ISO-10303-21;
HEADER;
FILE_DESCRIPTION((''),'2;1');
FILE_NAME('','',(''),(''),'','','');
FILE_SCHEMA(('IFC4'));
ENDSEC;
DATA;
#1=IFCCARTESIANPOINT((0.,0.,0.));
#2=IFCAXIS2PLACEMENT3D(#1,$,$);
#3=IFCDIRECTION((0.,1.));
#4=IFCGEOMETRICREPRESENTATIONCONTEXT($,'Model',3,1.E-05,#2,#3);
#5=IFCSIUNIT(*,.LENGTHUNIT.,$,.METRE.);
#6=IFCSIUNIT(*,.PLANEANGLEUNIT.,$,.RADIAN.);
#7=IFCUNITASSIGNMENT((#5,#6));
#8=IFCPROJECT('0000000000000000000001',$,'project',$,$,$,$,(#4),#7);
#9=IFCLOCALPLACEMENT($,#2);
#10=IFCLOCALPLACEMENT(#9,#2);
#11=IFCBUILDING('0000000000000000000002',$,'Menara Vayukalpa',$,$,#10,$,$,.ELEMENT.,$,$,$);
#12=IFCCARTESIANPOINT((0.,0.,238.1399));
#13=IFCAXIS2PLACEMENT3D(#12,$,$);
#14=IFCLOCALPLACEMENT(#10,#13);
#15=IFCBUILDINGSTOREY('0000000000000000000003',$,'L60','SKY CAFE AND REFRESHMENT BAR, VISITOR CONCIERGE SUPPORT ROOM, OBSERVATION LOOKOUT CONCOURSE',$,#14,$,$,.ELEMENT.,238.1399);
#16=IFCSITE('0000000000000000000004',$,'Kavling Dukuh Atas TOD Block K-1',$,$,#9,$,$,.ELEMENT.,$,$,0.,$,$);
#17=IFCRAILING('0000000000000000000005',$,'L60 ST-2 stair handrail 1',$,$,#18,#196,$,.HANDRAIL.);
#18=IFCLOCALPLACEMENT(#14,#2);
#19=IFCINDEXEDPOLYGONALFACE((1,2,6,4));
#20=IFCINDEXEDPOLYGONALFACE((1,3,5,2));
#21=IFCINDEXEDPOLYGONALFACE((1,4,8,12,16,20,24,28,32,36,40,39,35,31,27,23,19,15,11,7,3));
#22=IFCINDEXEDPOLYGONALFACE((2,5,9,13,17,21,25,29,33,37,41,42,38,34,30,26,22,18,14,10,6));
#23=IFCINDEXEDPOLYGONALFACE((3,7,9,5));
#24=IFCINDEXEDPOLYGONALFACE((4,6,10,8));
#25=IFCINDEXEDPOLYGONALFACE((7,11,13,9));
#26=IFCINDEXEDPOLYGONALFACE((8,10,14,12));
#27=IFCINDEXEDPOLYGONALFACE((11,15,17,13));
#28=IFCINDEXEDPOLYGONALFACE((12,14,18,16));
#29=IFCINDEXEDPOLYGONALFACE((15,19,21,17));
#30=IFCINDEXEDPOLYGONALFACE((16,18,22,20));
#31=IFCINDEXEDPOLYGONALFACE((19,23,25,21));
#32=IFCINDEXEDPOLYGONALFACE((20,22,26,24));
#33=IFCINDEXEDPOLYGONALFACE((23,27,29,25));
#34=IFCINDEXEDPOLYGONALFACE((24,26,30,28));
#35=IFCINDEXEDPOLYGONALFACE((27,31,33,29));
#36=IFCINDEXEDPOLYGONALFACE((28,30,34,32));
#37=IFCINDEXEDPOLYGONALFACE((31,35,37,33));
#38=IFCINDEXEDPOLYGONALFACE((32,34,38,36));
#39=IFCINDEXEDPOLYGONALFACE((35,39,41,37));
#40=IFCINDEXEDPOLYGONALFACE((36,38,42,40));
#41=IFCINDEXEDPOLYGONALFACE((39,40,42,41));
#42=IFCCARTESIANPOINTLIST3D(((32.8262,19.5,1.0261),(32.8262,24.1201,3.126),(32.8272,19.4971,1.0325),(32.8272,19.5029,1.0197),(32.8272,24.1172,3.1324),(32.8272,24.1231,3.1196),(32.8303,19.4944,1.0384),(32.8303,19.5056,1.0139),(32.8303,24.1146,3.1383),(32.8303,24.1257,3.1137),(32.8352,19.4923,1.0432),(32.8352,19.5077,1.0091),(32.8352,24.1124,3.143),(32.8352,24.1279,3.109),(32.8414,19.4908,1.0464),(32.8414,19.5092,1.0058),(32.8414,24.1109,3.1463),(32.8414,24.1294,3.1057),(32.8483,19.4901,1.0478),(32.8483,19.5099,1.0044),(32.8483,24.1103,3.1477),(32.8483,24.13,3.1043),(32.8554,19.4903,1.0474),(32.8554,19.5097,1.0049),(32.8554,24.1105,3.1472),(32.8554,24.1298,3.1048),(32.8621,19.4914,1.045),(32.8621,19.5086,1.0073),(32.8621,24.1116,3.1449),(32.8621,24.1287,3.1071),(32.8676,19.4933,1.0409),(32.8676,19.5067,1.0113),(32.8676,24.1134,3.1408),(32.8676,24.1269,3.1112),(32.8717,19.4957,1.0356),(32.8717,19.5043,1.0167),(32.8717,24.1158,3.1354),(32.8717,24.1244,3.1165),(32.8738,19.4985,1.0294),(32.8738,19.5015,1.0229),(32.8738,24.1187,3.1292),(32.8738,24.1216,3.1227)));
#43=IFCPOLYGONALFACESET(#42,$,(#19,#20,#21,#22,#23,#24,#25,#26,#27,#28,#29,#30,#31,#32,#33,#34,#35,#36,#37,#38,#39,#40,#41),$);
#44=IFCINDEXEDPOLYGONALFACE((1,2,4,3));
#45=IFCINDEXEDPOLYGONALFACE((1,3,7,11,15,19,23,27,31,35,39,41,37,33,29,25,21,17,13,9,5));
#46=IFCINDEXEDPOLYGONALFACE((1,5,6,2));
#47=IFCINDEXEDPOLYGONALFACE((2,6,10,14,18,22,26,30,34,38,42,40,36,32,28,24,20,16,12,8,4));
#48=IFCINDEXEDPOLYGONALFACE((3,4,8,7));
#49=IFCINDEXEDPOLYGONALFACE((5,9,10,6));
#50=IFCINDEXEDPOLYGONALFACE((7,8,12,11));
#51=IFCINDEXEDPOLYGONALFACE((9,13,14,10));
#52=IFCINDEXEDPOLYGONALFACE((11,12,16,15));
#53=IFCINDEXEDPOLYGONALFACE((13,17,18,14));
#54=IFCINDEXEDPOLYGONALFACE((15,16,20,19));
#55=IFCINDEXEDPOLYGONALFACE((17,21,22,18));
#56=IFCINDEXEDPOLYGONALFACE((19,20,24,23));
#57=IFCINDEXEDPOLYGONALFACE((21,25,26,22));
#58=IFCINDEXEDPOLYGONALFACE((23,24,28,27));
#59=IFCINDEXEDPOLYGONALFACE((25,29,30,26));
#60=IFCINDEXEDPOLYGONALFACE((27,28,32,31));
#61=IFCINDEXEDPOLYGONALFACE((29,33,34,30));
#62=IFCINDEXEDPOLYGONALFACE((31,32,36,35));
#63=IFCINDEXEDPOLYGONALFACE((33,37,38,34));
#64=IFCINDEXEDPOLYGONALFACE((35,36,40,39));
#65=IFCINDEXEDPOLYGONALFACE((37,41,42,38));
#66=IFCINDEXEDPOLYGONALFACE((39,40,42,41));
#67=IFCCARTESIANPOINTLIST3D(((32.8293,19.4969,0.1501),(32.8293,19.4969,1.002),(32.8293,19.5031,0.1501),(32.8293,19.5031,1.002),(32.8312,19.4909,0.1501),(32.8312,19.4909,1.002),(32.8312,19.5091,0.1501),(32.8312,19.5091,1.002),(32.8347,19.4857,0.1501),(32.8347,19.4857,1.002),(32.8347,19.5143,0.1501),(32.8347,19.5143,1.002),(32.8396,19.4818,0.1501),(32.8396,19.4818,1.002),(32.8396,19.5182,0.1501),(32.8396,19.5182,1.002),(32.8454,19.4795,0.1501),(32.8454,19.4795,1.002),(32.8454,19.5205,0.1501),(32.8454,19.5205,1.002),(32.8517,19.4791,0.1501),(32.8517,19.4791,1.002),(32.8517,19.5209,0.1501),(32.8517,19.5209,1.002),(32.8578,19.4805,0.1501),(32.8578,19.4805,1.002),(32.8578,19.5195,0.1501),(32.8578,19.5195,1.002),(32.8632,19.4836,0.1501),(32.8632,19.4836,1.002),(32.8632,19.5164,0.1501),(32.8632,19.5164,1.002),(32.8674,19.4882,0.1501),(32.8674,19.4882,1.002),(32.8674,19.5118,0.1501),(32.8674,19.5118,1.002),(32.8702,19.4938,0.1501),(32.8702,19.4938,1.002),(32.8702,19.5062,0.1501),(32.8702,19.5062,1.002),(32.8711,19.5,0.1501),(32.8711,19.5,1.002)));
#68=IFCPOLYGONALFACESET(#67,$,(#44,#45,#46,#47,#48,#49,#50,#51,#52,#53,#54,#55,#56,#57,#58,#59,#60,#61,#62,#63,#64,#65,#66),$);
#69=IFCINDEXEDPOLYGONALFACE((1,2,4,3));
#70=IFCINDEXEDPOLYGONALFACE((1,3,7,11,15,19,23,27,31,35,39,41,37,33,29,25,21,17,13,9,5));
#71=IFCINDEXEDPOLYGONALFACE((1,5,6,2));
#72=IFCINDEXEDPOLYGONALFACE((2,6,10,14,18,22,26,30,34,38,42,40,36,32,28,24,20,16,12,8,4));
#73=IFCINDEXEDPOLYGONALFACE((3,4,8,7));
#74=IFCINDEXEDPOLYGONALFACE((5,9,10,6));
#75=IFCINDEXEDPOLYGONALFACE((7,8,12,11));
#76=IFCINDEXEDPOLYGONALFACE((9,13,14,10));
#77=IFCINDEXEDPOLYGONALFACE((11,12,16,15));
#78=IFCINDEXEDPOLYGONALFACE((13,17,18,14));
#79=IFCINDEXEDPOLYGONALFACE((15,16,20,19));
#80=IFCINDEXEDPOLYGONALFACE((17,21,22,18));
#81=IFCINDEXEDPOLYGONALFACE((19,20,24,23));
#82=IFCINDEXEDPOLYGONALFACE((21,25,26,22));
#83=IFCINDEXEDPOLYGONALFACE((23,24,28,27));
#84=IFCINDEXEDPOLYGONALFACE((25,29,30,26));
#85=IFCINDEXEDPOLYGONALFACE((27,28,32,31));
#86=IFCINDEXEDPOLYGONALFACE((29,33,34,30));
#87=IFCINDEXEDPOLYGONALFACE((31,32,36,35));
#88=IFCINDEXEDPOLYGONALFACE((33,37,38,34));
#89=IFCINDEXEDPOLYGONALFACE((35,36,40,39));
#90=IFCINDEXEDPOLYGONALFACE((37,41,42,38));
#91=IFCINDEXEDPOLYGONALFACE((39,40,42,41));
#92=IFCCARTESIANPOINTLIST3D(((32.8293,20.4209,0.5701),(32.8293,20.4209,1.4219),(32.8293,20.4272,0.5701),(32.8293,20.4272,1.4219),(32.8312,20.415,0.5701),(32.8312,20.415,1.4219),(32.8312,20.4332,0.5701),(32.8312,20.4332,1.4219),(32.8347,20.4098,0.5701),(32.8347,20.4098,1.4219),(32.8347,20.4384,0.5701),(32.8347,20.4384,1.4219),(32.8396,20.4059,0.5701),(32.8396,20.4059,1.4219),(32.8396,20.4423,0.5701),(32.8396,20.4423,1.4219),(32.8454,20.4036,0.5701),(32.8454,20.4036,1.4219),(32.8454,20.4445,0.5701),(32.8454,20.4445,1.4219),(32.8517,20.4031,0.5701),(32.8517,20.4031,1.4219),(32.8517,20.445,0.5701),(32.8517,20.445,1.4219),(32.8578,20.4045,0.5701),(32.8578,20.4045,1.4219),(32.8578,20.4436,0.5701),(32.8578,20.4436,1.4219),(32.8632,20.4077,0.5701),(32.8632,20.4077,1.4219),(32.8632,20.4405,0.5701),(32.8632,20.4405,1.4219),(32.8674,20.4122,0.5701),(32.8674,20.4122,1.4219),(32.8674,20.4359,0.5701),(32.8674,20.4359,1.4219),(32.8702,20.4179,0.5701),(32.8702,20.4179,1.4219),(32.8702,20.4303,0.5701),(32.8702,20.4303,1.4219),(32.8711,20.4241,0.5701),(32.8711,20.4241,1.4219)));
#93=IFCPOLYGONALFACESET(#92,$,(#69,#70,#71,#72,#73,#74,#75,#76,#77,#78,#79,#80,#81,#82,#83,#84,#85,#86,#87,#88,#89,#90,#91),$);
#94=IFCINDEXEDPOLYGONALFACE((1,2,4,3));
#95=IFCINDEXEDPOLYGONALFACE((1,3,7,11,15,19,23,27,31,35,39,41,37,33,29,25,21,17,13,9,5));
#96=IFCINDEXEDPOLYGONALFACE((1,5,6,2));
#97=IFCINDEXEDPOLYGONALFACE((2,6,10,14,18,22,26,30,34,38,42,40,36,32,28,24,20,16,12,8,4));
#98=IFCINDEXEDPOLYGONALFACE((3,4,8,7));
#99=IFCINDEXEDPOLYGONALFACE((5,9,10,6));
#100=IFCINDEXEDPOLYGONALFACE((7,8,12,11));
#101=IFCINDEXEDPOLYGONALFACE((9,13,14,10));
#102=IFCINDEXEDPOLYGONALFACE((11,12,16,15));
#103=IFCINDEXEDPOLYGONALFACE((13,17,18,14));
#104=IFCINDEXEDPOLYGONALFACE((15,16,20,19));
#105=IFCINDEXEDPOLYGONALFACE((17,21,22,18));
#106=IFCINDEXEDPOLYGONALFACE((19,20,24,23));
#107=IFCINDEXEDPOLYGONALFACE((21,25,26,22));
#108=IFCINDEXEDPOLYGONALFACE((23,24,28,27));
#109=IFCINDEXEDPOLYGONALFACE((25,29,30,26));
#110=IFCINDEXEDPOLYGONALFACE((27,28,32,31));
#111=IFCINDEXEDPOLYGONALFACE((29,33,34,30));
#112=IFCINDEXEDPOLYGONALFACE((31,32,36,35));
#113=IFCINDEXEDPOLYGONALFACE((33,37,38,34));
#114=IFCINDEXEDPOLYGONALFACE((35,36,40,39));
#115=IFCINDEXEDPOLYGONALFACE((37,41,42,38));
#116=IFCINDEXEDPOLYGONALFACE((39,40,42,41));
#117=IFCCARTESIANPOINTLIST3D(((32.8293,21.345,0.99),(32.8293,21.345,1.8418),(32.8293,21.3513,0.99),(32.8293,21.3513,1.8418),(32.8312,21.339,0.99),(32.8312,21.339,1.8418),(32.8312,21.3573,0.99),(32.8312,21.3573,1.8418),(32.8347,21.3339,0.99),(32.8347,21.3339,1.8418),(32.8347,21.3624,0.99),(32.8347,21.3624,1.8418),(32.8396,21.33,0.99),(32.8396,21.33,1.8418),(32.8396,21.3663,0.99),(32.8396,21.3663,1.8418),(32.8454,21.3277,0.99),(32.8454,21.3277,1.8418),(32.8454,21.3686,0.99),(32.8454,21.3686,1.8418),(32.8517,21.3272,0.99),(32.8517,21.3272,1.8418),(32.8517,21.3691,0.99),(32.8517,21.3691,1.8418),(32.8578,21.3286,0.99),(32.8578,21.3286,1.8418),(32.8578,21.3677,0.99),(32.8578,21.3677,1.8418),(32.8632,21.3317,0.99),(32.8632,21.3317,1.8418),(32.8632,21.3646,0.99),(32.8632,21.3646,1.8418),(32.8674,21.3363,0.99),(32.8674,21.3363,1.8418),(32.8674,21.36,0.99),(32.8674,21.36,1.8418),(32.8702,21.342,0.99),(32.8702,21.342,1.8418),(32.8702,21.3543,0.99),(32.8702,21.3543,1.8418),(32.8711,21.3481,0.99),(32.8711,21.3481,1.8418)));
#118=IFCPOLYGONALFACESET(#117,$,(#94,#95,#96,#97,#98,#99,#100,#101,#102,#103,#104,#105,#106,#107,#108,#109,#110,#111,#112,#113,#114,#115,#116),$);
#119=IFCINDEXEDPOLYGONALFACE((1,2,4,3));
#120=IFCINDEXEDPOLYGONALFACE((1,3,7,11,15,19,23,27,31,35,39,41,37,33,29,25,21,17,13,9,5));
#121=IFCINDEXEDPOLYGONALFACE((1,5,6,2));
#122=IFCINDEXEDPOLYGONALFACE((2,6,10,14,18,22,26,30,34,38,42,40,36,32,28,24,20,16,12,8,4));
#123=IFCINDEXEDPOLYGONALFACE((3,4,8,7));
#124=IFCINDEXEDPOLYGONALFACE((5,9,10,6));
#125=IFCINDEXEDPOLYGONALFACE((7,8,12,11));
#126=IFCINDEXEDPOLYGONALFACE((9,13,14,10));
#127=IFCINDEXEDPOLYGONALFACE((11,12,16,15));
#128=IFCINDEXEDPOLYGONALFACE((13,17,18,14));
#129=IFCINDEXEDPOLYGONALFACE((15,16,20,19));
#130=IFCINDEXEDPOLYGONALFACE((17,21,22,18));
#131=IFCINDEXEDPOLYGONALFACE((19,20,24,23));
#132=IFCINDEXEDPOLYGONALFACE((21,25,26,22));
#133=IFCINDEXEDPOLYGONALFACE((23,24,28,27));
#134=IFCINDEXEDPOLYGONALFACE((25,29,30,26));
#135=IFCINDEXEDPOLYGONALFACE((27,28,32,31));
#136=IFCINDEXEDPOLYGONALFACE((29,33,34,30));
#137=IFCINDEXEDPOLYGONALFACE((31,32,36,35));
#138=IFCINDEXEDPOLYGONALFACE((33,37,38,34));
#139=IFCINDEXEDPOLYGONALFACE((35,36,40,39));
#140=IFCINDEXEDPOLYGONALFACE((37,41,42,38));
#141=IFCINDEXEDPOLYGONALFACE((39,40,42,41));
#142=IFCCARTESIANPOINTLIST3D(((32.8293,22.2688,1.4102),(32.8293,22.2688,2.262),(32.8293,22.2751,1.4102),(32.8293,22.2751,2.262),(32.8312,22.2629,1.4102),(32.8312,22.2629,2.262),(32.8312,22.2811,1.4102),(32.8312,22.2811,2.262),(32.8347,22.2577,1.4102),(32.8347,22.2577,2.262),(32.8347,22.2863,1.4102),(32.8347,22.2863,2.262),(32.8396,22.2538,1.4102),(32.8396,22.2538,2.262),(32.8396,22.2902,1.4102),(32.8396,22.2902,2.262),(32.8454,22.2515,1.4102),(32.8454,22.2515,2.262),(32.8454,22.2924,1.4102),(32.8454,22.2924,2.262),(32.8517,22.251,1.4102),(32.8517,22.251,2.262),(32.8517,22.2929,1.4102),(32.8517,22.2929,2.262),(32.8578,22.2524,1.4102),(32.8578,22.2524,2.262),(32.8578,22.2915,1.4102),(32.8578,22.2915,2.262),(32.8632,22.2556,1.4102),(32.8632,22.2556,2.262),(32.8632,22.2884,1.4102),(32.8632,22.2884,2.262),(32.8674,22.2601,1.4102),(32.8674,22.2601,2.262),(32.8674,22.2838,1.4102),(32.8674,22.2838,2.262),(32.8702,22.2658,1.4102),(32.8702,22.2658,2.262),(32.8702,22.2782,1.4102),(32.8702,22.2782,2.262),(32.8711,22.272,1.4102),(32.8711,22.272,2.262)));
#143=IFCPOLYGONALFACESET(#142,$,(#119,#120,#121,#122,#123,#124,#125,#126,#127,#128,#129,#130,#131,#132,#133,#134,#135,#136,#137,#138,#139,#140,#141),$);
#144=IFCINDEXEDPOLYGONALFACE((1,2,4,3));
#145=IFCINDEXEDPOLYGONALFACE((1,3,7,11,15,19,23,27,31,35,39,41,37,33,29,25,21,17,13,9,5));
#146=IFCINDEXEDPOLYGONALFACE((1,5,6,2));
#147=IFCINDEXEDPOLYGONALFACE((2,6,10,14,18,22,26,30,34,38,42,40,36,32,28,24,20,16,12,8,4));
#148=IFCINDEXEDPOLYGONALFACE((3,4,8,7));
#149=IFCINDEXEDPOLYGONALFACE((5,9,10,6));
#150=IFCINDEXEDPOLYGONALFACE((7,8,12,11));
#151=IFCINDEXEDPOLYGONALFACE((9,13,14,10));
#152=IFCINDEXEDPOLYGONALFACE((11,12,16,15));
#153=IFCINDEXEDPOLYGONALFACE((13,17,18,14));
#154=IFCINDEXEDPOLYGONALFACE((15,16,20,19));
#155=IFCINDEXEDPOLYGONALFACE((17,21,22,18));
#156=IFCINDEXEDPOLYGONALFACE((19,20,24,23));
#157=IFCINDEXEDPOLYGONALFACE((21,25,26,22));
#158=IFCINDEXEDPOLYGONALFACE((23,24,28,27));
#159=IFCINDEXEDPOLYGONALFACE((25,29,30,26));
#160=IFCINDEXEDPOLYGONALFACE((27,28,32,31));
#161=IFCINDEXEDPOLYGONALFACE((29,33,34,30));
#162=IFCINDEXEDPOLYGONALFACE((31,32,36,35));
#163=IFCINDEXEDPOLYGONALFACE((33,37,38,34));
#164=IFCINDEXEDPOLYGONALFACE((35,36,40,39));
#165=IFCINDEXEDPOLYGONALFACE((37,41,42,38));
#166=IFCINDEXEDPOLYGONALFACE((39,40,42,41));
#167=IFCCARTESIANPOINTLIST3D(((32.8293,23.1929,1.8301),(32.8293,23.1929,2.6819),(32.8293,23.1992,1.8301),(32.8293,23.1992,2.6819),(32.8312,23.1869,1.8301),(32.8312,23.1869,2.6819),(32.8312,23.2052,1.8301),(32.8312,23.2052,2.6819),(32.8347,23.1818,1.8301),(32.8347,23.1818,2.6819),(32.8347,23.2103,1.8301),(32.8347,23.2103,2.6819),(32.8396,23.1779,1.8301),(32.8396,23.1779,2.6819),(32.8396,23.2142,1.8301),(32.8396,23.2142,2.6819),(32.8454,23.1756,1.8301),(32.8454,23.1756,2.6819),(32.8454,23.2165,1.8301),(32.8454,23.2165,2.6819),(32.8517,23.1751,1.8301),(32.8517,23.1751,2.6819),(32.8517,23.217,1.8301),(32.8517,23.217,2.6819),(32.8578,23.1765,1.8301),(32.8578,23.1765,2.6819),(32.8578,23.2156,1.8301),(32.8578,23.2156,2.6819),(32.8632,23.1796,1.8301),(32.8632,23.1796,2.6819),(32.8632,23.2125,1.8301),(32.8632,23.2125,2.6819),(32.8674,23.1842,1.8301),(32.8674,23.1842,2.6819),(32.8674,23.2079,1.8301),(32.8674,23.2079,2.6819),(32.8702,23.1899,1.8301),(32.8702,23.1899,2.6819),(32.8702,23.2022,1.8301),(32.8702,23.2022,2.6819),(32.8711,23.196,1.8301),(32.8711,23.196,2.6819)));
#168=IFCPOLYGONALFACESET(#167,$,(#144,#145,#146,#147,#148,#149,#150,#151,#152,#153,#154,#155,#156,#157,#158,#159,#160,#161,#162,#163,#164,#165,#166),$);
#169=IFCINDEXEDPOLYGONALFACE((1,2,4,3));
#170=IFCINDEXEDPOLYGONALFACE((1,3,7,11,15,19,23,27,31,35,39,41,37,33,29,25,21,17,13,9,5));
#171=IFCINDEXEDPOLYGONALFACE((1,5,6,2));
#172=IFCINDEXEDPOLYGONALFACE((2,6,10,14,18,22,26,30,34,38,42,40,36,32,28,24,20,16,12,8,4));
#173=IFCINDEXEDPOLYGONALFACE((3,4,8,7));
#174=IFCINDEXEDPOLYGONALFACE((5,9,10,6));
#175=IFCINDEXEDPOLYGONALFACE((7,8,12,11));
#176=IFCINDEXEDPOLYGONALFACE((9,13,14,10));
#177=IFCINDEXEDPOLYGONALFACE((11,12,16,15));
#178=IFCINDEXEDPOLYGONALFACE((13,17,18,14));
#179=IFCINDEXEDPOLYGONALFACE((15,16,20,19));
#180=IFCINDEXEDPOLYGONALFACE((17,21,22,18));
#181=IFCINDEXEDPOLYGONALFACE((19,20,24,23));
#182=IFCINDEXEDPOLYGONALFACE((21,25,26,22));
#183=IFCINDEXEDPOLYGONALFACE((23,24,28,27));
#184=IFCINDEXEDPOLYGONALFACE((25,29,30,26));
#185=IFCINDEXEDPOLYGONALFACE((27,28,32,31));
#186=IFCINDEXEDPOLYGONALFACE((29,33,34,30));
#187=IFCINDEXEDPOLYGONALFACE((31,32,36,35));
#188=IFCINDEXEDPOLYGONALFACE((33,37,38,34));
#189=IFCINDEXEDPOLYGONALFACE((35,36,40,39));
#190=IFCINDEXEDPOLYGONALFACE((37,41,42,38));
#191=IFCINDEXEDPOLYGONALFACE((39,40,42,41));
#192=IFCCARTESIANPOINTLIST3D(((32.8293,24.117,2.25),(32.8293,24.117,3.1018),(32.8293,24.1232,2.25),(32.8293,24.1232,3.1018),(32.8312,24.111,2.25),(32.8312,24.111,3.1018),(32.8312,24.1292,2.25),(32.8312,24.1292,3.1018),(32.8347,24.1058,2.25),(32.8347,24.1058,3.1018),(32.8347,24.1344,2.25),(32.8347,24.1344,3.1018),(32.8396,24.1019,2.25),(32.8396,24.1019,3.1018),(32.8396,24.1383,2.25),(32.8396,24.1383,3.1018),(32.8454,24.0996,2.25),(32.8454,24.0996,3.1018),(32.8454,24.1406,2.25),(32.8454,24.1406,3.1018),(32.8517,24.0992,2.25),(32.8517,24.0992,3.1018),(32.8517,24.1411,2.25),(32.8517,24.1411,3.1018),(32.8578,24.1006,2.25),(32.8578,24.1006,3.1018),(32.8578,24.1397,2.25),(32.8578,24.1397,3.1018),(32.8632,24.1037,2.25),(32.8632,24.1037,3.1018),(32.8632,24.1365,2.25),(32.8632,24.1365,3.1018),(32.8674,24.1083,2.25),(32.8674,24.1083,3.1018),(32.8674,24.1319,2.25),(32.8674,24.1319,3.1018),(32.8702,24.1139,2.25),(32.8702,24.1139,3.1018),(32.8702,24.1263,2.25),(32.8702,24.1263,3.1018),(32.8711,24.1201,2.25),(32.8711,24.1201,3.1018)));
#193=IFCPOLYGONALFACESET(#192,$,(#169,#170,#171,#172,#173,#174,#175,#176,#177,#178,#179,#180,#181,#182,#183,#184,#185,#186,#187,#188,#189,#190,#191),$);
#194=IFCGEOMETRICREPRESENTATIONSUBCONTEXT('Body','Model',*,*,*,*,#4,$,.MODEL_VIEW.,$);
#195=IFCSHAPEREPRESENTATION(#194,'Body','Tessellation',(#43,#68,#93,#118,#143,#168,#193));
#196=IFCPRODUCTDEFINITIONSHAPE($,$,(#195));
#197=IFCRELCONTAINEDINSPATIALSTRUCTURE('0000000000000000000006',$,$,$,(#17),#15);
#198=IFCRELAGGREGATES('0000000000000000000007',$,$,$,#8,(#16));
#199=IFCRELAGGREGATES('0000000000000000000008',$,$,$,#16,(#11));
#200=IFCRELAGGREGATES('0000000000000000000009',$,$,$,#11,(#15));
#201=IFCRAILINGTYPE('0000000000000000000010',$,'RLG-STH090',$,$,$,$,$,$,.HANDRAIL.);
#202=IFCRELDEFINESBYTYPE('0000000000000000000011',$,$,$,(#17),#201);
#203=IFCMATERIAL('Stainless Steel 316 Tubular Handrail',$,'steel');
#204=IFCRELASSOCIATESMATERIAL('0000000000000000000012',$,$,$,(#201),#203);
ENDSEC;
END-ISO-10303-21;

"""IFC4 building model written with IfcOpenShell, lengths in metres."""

from ifc_helpers import new_model, si_unit, direction, frame, origin, origin_2d, place, context, subcontext, project, spatial, circle, extrude, material, type_object, element, save


model = new_model("IFC4")

# Units and contexts
model_context = context("Model", 3, precision=1e-05, world=origin(), true_north=direction((0.0, 1.0)))
body_context = subcontext(model_context, "Body", "Model", "MODEL_VIEW")
ifc_project = project(units=[si_unit("LENGTHUNIT", "METRE"), si_unit("PLANEANGLEUNIT", "RADIAN")], contexts=[model_context])

# Site, building, storey
site_placement = place(None, origin())
site = spatial("IfcSite", under=ifc_project, at=site_placement, Name="Kavling Dukuh Atas TOD Block K-1", CompositionType="ELEMENT", RefElevation=0.0)
building_placement = place(site_placement, origin())
building = spatial("IfcBuilding", under=site, at=building_placement, Name="Menara Vayukalpa", CompositionType="ELEMENT")
storey_placement = place(building_placement, frame((0.0, 0.0, 238.1399)))
storey = spatial("IfcBuildingStorey", under=building, at=storey_placement, Name="L60", Description="SKY CAFE AND REFRESHMENT BAR, VISITOR CONCIERGE SUPPORT ROOM, OBSERVATION LOOKOUT CONCOURSE", CompositionType="ELEMENT", Elevation=238.1399)

# Railing
ifc_material_1 = material(Name="Stainless Steel 316 Tubular Handrail", Category="steel")
railing_type_1 = type_object("IfcRailingType", Name="RLG-STH090", PredefinedType="HANDRAIL", material=ifc_material_1)
railing_1_placement = place(storey_placement, frame((32.8501, 19.5, 0.1501)))
element("IfcRailing", 1, at=railing_1_placement, inside=storey, type_object=railing_type_1, Name="L60 ST-2 stair handrail 1", PredefinedType="HANDRAIL", context=body_context, shape_type="SweptSolid", body=[
    extrude(circle(Radius=0.0239, at=origin_2d()), frame((0.0, 0.0, 0.876), z_axis=(0.0, 0.910381, 0.41377), x_axis=(-1.0, 0.0, 0.0)), (0.0, 0.0, 1.0), 5.075),
    extrude(circle(Radius=0.021, at=origin_2d()), origin(), (0.0, 0.0, 1.0), 0.8518),
    extrude(circle(Radius=0.021, at=origin_2d()), frame((0.0, 0.9241, 0.4199)), (0.0, 0.0, 1.0), 0.8518),
    extrude(circle(Radius=0.021, at=origin_2d()), frame((0.0, 1.8481, 0.8398)), (0.0, 0.0, 1.0), 0.8518),
    extrude(circle(Radius=0.021, at=origin_2d()), frame((0.0, 2.772, 1.26)), (0.0, 0.0, 1.0), 0.8518),
    extrude(circle(Radius=0.021, at=origin_2d()), frame((0.0, 3.696, 1.6799)), (0.0, 0.0, 1.0), 0.8518),
    extrude(circle(Radius=0.021, at=origin_2d()), frame((0.0, 4.6201, 2.0999)), (0.0, 0.0, 1.0), 0.8518),
])

save(model, "model.ifc")
